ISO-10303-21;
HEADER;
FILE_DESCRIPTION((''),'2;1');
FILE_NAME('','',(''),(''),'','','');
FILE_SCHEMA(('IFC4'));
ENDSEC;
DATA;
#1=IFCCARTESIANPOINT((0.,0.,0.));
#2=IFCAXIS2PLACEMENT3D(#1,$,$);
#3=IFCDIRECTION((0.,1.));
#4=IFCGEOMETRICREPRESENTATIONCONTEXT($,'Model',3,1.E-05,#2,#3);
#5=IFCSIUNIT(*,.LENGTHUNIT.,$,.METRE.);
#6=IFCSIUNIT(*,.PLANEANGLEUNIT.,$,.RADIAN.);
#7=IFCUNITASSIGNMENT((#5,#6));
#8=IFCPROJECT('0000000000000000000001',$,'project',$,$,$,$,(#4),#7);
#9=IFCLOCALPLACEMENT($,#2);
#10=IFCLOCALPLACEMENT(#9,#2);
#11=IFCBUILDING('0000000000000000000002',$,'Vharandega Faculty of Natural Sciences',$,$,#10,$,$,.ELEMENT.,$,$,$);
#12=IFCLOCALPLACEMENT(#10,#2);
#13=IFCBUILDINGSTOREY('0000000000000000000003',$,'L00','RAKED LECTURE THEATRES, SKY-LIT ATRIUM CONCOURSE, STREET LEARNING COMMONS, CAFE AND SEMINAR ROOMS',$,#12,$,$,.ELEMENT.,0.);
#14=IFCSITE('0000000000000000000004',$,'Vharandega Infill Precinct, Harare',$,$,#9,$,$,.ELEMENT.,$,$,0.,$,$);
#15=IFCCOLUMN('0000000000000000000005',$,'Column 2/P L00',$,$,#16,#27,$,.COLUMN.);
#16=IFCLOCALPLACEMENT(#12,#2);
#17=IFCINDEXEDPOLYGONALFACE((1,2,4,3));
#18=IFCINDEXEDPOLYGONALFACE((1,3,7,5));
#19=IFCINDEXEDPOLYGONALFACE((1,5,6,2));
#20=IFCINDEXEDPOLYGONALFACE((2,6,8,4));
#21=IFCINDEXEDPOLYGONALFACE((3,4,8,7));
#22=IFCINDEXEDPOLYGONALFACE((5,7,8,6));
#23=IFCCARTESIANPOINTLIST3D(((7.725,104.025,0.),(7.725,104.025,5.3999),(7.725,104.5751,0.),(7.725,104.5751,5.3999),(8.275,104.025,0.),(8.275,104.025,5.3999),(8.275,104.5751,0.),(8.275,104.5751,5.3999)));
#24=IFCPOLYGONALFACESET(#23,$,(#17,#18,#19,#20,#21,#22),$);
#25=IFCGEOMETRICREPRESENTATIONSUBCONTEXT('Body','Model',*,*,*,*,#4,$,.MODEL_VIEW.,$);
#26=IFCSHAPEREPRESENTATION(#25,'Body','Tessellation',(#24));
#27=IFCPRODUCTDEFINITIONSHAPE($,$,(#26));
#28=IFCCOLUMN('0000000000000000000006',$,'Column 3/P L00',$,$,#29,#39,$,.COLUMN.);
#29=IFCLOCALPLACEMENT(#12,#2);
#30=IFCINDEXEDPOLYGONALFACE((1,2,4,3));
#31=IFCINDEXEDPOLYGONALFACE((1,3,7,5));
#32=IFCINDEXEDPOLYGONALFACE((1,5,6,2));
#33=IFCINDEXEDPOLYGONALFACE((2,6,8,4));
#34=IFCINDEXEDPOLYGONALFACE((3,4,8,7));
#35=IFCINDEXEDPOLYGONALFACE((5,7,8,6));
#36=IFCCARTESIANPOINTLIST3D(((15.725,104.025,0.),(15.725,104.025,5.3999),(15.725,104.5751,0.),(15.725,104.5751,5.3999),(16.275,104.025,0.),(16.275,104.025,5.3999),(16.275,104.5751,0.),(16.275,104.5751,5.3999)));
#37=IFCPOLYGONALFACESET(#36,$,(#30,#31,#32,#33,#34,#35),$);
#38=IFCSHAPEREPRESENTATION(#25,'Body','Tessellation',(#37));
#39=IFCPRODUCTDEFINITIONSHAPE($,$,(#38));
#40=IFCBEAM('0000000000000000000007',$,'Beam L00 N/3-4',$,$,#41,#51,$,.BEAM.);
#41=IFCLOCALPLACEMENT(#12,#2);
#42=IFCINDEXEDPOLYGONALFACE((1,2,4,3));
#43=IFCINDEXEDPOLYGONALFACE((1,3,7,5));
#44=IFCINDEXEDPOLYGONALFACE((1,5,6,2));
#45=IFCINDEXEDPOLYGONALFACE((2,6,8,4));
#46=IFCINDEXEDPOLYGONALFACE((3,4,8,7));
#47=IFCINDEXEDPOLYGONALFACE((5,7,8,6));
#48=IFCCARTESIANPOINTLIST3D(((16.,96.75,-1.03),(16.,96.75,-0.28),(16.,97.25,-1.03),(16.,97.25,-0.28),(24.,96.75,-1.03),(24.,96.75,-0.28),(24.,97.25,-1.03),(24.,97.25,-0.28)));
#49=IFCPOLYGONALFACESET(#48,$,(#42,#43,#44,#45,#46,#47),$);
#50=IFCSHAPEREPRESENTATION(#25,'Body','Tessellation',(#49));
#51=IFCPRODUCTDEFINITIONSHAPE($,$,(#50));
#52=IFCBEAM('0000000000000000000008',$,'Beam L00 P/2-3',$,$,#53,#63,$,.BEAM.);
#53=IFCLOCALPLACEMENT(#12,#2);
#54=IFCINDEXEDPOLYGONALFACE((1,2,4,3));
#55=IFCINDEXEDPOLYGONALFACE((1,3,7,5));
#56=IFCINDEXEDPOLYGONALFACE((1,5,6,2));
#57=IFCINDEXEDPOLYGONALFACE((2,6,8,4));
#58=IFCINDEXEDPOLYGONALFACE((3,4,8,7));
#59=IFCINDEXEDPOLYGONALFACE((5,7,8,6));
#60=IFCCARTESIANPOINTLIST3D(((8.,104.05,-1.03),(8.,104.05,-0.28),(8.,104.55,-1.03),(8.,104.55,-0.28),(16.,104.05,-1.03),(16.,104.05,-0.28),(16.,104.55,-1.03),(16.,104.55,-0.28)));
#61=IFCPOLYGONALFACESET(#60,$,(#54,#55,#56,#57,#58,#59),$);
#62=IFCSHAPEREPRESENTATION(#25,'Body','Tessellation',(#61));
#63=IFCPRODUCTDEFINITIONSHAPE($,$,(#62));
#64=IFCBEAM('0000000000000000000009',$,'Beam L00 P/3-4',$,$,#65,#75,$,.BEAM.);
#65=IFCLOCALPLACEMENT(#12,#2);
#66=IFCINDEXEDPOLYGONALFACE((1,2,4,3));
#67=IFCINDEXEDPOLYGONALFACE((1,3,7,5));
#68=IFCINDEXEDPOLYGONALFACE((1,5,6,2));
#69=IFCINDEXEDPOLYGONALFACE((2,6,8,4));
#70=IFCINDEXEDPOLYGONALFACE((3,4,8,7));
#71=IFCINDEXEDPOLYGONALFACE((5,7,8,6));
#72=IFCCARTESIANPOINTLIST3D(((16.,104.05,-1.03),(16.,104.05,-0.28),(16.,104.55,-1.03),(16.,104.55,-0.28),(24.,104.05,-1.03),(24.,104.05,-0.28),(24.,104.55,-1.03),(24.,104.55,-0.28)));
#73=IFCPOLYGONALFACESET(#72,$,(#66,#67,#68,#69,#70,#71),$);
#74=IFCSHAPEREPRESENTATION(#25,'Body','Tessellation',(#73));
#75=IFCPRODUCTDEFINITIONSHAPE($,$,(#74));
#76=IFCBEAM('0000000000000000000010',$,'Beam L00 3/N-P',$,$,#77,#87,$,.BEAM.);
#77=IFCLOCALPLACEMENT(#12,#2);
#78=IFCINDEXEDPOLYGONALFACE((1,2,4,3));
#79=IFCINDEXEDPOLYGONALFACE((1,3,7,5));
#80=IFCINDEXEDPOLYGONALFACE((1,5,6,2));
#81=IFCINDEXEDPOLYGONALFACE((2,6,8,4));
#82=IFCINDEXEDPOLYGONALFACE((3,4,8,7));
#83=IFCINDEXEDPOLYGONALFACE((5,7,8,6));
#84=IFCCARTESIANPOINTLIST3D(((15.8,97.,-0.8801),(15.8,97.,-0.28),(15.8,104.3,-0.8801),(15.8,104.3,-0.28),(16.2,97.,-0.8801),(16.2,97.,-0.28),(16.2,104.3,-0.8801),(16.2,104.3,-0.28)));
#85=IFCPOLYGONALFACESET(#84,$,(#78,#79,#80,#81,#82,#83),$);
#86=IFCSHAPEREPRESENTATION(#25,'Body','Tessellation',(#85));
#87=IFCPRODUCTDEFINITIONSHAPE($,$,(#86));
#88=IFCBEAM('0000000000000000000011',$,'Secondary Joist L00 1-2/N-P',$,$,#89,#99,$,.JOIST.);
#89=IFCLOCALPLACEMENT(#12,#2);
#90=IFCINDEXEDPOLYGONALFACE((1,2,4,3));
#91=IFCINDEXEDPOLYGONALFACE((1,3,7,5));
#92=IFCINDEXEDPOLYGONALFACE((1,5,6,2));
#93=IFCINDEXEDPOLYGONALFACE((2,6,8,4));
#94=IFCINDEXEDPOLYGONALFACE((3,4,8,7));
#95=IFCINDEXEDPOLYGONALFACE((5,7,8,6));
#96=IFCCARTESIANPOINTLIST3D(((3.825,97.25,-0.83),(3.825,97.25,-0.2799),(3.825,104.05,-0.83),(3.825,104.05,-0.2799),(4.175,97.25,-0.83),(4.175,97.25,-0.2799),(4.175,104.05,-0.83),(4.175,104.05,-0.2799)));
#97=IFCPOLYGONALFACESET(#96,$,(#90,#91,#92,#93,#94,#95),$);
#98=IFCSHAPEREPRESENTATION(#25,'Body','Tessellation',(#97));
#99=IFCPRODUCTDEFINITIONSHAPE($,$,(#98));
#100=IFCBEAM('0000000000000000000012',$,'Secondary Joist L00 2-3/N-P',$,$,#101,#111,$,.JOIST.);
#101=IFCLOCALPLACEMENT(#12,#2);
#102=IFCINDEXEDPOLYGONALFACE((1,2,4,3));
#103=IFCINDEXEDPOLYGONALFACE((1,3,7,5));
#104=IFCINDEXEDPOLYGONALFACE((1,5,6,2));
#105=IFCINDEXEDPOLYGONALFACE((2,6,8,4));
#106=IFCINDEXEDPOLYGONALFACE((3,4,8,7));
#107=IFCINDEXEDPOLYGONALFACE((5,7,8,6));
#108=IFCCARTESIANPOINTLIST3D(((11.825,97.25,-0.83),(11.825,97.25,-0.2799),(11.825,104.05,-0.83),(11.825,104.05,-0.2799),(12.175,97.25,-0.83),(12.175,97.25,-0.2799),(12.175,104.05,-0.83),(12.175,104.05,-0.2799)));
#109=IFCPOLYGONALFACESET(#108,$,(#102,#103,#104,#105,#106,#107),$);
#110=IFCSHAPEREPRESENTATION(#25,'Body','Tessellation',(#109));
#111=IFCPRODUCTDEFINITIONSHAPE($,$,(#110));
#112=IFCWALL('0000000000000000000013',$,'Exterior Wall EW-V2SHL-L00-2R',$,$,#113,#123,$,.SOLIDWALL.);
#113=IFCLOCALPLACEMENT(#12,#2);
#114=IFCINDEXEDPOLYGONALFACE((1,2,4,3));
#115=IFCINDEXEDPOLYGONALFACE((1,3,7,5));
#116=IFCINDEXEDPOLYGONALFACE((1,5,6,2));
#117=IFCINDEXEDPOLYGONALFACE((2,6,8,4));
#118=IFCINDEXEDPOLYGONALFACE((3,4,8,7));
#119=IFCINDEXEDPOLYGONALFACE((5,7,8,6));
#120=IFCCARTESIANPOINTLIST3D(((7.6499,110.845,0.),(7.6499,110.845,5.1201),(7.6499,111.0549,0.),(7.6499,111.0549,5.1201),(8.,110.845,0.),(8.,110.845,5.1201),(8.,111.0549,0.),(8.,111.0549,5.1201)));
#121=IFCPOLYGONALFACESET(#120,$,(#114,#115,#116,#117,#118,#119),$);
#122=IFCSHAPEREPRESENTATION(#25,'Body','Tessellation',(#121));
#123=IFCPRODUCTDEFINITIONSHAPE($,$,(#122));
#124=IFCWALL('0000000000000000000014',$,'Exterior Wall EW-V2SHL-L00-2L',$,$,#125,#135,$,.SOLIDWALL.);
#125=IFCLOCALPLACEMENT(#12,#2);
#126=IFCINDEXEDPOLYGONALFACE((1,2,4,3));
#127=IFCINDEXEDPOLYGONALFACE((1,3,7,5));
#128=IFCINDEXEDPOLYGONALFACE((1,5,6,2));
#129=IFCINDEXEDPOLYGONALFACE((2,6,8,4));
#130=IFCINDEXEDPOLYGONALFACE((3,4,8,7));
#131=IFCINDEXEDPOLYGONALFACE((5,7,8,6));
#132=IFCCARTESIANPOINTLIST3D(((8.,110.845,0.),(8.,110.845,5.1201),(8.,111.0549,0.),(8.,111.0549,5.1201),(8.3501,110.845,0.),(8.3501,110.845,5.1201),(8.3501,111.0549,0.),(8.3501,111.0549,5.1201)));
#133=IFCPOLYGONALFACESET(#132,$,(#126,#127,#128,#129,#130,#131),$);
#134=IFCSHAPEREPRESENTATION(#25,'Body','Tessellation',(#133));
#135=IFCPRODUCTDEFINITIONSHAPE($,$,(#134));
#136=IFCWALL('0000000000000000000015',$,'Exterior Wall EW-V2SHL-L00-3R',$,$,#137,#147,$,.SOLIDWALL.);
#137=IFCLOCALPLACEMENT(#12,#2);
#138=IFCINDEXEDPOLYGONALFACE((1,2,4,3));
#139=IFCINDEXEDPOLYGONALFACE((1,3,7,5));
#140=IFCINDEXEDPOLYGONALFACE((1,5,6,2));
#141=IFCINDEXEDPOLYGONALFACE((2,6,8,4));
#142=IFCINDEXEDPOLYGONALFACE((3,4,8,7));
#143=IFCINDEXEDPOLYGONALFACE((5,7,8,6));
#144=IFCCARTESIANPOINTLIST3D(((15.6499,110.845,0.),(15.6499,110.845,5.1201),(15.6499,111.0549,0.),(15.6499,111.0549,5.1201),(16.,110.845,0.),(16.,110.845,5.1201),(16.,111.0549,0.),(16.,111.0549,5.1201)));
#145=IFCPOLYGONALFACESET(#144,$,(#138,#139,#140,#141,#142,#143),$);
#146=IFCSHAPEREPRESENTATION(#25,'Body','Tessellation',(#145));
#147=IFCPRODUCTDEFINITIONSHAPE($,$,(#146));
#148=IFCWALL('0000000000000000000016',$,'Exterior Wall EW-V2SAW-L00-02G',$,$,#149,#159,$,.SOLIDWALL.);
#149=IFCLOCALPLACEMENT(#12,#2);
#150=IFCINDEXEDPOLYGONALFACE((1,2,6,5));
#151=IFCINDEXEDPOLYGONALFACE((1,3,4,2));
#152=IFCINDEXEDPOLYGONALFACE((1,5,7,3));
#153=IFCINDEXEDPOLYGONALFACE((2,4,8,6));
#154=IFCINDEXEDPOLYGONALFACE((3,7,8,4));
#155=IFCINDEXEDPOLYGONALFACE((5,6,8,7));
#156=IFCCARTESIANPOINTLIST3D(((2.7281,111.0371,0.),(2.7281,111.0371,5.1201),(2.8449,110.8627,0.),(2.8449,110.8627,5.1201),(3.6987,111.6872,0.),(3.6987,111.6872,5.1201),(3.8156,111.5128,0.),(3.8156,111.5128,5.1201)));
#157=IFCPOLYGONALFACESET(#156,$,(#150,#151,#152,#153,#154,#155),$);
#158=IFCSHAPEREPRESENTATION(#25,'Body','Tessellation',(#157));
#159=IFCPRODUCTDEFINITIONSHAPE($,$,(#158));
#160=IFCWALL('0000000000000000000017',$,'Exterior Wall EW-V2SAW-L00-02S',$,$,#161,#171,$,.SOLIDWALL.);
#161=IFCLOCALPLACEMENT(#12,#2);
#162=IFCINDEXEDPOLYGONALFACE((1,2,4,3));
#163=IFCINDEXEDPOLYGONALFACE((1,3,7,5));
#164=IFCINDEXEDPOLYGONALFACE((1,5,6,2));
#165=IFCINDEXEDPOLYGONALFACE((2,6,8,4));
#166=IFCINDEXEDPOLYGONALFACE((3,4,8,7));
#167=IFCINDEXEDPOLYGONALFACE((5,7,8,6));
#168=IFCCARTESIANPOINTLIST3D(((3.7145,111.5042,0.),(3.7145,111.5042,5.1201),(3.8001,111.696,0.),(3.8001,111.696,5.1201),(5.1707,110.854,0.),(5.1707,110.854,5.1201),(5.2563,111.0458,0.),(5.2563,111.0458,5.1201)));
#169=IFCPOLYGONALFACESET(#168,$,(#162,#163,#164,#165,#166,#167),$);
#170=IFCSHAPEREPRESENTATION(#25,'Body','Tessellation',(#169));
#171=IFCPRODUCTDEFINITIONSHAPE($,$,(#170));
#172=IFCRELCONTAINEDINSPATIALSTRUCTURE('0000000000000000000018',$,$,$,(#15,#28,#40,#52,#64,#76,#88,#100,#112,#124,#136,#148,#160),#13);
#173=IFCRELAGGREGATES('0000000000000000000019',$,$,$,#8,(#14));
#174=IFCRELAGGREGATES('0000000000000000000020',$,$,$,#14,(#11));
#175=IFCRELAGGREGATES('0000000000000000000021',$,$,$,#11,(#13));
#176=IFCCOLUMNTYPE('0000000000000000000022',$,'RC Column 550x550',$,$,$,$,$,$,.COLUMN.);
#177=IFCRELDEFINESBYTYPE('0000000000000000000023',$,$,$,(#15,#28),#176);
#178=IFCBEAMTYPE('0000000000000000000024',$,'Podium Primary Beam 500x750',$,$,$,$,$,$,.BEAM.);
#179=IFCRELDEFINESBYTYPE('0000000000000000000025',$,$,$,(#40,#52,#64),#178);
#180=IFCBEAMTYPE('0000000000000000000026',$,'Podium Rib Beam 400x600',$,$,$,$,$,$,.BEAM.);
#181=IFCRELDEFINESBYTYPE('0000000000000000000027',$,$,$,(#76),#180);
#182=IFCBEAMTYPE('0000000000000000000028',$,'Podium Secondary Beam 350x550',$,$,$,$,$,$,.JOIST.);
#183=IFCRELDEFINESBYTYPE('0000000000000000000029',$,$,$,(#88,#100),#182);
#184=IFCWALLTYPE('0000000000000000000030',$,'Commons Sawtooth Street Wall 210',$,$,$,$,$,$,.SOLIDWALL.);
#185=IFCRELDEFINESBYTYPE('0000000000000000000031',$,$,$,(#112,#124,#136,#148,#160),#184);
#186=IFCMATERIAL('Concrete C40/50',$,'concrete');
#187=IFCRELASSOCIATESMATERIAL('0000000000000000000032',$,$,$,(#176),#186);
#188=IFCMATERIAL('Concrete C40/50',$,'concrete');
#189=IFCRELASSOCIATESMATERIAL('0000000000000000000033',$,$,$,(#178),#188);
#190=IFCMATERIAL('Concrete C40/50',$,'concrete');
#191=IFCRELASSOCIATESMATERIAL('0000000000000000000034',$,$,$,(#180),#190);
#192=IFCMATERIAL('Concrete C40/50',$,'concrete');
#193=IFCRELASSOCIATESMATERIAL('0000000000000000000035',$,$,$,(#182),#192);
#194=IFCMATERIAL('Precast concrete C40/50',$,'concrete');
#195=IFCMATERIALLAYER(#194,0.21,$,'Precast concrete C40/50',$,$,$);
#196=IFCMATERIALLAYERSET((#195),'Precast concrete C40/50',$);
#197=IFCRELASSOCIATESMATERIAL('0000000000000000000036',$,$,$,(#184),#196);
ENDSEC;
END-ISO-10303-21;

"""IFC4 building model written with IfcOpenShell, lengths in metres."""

from ifc_helpers import new_model, si_unit, direction, frame, frame_2d, origin, origin_2d, place, context, subcontext, project, spatial, rectangle, extrude, material, layer, layer_set, material_profile, profile_set, type_object, element, save


model = new_model("IFC4")

# Units and contexts
model_context = context("Model", 3, precision=1e-05, world=origin(), true_north=direction((0.0, 1.0)))
body_context = subcontext(model_context, "Body", "Model", "MODEL_VIEW")
ifc_project = project(units=[si_unit("LENGTHUNIT", "METRE"), si_unit("PLANEANGLEUNIT", "RADIAN")], contexts=[model_context])

# Site, building, storey
site_placement = place(None, origin())
site = spatial("IfcSite", under=ifc_project, at=site_placement, Name="Vharandega Infill Precinct, Harare", CompositionType="ELEMENT", RefElevation=0.0)
building_placement = place(site_placement, origin())
building = spatial("IfcBuilding", under=site, at=building_placement, Name="Vharandega Faculty of Natural Sciences", CompositionType="ELEMENT")
storey_placement = place(building_placement, origin())
storey = spatial("IfcBuildingStorey", under=building, at=storey_placement, Name="L00", Description="RAKED LECTURE THEATRES, SKY-LIT ATRIUM CONCOURSE, STREET LEARNING COMMONS, CAFE AND SEMINAR ROOMS", CompositionType="ELEMENT", Elevation=0.0)

# Columns
ifc_material_1 = material(Name="Concrete C40/50", Category="concrete")
ifc_material_profile_1 = material_profile(ifc_material_1, rectangle(XDim=0.55, YDim=0.55, at=origin_2d()), Name="RC 550x550")
ifc_profile_set_1 = profile_set([ifc_material_profile_1], Name="Concrete C40/50")
column_type = type_object("IfcColumnType", Name="RC Column 550x550", PredefinedType="COLUMN", material=ifc_profile_set_1)
for number, where, z_axis, x_axis, name in (
    (1, (8.0, 104.3, 0.0), (0.0, 0.0, 1.0), (1.0, 0.0, 0.0), "Column 2/P L00"),
    (2, (16.0, 104.3, 0.0), (0.0, 0.0, 1.0), (1.0, 0.0, 0.0), "Column 3/P L00"),
):
    element("IfcColumn", number, at=place(storey_placement, frame(where, z_axis=z_axis, x_axis=x_axis)), inside=storey, type_object=column_type, Name=name, PredefinedType="COLUMN", context=body_context, shape_type="SweptSolid", body=[
        extrude(rectangle(XDim=0.55, YDim=0.55, at=origin_2d()), origin(), (0.0, 0.0, 1.0), 5.3999),
    ])

# Beams
ifc_material_2 = material(Name="Concrete C40/50", Category="concrete")
ifc_material_profile_2 = material_profile(ifc_material_2, rectangle(XDim=0.5, YDim=0.75, at=origin_2d()), Name="RC 500x750")
ifc_profile_set_2 = profile_set([ifc_material_profile_2], Name="Concrete C40/50")
beam_type_1 = type_object("IfcBeamType", Name="Podium Primary Beam 500x750", PredefinedType="BEAM", material=ifc_profile_set_2)
for number, where, z_axis, x_axis, name in (
    (3, (16.0, 97.0, -0.655), (1.0, 0.0, 0.0), (0.0, 1.0, 0.0), "Beam L00 N/3-4"),
    (4, (8.0, 104.3, -0.655), (1.0, 0.0, 0.0), (0.0, 1.0, 0.0), "Beam L00 P/2-3"),
    (5, (16.0, 104.3, -0.655), (1.0, 0.0, 0.0), (0.0, 1.0, 0.0), "Beam L00 P/3-4"),
):
    element("IfcBeam", number, at=place(storey_placement, frame(where, z_axis=z_axis, x_axis=x_axis)), inside=storey, type_object=beam_type_1, Name=name, PredefinedType="BEAM", context=body_context, shape_type="SweptSolid", body=[
        extrude(rectangle(XDim=0.5, YDim=0.75, at=origin_2d()), origin(), (0.0, 0.0, 1.0), 8.0),
    ])
ifc_material_3 = material(Name="Concrete C40/50", Category="concrete")
ifc_material_profile_3 = material_profile(ifc_material_3, rectangle(XDim=0.3999, YDim=0.6001, at=origin_2d()), Name="RC 400x600")
ifc_profile_set_3 = profile_set([ifc_material_profile_3], Name="Concrete C40/50")
beam_type_2 = type_object("IfcBeamType", Name="Podium Rib Beam 400x600", PredefinedType="BEAM", material=ifc_profile_set_3)
beam_placement = place(storey_placement, frame((16.0, 97.0, -0.5801), z_axis=(0.0, 1.0, 0.0), x_axis=(-1.0, 0.0, 0.0)))
element("IfcBeam", 6, at=beam_placement, inside=storey, type_object=beam_type_2, Name="Beam L00 3/N-P", PredefinedType="BEAM", context=body_context, shape_type="SweptSolid", body=[
    extrude(rectangle(XDim=0.3999, YDim=0.6001, at=origin_2d()), origin(), (0.0, 0.0, 1.0), 7.3),
])
ifc_material_4 = material(Name="Concrete C40/50", Category="concrete")
ifc_material_profile_4 = material_profile(ifc_material_4, rectangle(XDim=0.3501, YDim=0.55, at=origin_2d()), Name="RC 350x550")
ifc_profile_set_4 = profile_set([ifc_material_profile_4], Name="Concrete C40/50")
beam_type_3 = type_object("IfcBeamType", Name="Podium Secondary Beam 350x550", PredefinedType="JOIST", material=ifc_profile_set_4)
for number, where, z_axis, x_axis, name in (
    (7, (4.0, 97.25, -0.5549), (0.0, 1.0, 0.0), (-1.0, 0.0, 0.0), "Secondary Joist L00 1-2/N-P"),
    (8, (12.0, 97.25, -0.5549), (0.0, 1.0, 0.0), (-1.0, 0.0, 0.0), "Secondary Joist L00 2-3/N-P"),
):
    element("IfcBeam", number, at=place(storey_placement, frame(where, z_axis=z_axis, x_axis=x_axis)), inside=storey, type_object=beam_type_3, Name=name, PredefinedType="JOIST", context=body_context, shape_type="SweptSolid", body=[
        extrude(rectangle(XDim=0.3501, YDim=0.55, at=origin_2d()), origin(), (0.0, 0.0, 1.0), 6.8),
    ])

# Walls
ifc_material_5 = material(Name="Precast concrete C40/50", Category="concrete")
ifc_layer = layer(ifc_material_5, 0.21, Name="Precast concrete C40/50")
ifc_layer_set = layer_set([ifc_layer], Name="Precast concrete C40/50")
wall_type = type_object("IfcWallType", Name="Commons Sawtooth Street Wall 210", PredefinedType="SOLIDWALL", material=ifc_layer_set)
for number, where, z_axis, x_axis, name in (
    (9, (7.6499, 110.95, 0.0), (0.0, 0.0, 1.0), (1.0, 0.0, 0.0), "Exterior Wall EW-V2SHL-L00-2R"),
    (10, (8.0, 110.95, 0.0), (0.0, 0.0, 1.0), (1.0, 0.0, 0.0), "Exterior Wall EW-V2SHL-L00-2L"),
    (11, (15.6499, 110.95, 0.0), (0.0, 0.0, 1.0), (1.0, 0.0, 0.0), "Exterior Wall EW-V2SHL-L00-3R"),
):
    element("IfcWall", number, at=place(storey_placement, frame(where, z_axis=z_axis, x_axis=x_axis)), inside=storey, type_object=wall_type, Name=name, PredefinedType="SOLIDWALL", context=body_context, shape_type="SweptSolid", body=[
        extrude(rectangle(XDim=0.3501, YDim=0.21, at=frame_2d((0.175, 0.0))), origin(), (0.0, 0.0, 1.0), 5.1201),
    ])
wall_1_placement = place(storey_placement, frame((2.7866, 110.95, 0.0), z_axis=(0.0, 0.0, 1.0), x_axis=(0.830859, 0.556483, 0.0)))
element("IfcWall", 12, at=wall_1_placement, inside=storey, type_object=wall_type, Name="Exterior Wall EW-V2SAW-L00-02G", PredefinedType="SOLIDWALL", context=body_context, shape_type="SweptSolid", body=[
    extrude(rectangle(XDim=1.1682, YDim=0.21, at=frame_2d((0.584, 0.0))), origin(), (0.0, 0.0, 1.0), 5.1201),
])
wall_2_placement = place(storey_placement, frame((3.7573, 111.6001, 0.0), z_axis=(0.0, 0.0, 1.0), x_axis=(0.913109, -0.407715, 0.0)))
element("IfcWall", 13, at=wall_2_placement, inside=storey, type_object=wall_type, Name="Exterior Wall EW-V2SAW-L00-02S", PredefinedType="SOLIDWALL", context=body_context, shape_type="SweptSolid", body=[
    extrude(rectangle(XDim=1.5947, YDim=0.21, at=frame_2d((0.7974, 0.0))), origin(), (0.0, 0.0, 1.0), 5.1201),
])

save(model, "model.ifc")
